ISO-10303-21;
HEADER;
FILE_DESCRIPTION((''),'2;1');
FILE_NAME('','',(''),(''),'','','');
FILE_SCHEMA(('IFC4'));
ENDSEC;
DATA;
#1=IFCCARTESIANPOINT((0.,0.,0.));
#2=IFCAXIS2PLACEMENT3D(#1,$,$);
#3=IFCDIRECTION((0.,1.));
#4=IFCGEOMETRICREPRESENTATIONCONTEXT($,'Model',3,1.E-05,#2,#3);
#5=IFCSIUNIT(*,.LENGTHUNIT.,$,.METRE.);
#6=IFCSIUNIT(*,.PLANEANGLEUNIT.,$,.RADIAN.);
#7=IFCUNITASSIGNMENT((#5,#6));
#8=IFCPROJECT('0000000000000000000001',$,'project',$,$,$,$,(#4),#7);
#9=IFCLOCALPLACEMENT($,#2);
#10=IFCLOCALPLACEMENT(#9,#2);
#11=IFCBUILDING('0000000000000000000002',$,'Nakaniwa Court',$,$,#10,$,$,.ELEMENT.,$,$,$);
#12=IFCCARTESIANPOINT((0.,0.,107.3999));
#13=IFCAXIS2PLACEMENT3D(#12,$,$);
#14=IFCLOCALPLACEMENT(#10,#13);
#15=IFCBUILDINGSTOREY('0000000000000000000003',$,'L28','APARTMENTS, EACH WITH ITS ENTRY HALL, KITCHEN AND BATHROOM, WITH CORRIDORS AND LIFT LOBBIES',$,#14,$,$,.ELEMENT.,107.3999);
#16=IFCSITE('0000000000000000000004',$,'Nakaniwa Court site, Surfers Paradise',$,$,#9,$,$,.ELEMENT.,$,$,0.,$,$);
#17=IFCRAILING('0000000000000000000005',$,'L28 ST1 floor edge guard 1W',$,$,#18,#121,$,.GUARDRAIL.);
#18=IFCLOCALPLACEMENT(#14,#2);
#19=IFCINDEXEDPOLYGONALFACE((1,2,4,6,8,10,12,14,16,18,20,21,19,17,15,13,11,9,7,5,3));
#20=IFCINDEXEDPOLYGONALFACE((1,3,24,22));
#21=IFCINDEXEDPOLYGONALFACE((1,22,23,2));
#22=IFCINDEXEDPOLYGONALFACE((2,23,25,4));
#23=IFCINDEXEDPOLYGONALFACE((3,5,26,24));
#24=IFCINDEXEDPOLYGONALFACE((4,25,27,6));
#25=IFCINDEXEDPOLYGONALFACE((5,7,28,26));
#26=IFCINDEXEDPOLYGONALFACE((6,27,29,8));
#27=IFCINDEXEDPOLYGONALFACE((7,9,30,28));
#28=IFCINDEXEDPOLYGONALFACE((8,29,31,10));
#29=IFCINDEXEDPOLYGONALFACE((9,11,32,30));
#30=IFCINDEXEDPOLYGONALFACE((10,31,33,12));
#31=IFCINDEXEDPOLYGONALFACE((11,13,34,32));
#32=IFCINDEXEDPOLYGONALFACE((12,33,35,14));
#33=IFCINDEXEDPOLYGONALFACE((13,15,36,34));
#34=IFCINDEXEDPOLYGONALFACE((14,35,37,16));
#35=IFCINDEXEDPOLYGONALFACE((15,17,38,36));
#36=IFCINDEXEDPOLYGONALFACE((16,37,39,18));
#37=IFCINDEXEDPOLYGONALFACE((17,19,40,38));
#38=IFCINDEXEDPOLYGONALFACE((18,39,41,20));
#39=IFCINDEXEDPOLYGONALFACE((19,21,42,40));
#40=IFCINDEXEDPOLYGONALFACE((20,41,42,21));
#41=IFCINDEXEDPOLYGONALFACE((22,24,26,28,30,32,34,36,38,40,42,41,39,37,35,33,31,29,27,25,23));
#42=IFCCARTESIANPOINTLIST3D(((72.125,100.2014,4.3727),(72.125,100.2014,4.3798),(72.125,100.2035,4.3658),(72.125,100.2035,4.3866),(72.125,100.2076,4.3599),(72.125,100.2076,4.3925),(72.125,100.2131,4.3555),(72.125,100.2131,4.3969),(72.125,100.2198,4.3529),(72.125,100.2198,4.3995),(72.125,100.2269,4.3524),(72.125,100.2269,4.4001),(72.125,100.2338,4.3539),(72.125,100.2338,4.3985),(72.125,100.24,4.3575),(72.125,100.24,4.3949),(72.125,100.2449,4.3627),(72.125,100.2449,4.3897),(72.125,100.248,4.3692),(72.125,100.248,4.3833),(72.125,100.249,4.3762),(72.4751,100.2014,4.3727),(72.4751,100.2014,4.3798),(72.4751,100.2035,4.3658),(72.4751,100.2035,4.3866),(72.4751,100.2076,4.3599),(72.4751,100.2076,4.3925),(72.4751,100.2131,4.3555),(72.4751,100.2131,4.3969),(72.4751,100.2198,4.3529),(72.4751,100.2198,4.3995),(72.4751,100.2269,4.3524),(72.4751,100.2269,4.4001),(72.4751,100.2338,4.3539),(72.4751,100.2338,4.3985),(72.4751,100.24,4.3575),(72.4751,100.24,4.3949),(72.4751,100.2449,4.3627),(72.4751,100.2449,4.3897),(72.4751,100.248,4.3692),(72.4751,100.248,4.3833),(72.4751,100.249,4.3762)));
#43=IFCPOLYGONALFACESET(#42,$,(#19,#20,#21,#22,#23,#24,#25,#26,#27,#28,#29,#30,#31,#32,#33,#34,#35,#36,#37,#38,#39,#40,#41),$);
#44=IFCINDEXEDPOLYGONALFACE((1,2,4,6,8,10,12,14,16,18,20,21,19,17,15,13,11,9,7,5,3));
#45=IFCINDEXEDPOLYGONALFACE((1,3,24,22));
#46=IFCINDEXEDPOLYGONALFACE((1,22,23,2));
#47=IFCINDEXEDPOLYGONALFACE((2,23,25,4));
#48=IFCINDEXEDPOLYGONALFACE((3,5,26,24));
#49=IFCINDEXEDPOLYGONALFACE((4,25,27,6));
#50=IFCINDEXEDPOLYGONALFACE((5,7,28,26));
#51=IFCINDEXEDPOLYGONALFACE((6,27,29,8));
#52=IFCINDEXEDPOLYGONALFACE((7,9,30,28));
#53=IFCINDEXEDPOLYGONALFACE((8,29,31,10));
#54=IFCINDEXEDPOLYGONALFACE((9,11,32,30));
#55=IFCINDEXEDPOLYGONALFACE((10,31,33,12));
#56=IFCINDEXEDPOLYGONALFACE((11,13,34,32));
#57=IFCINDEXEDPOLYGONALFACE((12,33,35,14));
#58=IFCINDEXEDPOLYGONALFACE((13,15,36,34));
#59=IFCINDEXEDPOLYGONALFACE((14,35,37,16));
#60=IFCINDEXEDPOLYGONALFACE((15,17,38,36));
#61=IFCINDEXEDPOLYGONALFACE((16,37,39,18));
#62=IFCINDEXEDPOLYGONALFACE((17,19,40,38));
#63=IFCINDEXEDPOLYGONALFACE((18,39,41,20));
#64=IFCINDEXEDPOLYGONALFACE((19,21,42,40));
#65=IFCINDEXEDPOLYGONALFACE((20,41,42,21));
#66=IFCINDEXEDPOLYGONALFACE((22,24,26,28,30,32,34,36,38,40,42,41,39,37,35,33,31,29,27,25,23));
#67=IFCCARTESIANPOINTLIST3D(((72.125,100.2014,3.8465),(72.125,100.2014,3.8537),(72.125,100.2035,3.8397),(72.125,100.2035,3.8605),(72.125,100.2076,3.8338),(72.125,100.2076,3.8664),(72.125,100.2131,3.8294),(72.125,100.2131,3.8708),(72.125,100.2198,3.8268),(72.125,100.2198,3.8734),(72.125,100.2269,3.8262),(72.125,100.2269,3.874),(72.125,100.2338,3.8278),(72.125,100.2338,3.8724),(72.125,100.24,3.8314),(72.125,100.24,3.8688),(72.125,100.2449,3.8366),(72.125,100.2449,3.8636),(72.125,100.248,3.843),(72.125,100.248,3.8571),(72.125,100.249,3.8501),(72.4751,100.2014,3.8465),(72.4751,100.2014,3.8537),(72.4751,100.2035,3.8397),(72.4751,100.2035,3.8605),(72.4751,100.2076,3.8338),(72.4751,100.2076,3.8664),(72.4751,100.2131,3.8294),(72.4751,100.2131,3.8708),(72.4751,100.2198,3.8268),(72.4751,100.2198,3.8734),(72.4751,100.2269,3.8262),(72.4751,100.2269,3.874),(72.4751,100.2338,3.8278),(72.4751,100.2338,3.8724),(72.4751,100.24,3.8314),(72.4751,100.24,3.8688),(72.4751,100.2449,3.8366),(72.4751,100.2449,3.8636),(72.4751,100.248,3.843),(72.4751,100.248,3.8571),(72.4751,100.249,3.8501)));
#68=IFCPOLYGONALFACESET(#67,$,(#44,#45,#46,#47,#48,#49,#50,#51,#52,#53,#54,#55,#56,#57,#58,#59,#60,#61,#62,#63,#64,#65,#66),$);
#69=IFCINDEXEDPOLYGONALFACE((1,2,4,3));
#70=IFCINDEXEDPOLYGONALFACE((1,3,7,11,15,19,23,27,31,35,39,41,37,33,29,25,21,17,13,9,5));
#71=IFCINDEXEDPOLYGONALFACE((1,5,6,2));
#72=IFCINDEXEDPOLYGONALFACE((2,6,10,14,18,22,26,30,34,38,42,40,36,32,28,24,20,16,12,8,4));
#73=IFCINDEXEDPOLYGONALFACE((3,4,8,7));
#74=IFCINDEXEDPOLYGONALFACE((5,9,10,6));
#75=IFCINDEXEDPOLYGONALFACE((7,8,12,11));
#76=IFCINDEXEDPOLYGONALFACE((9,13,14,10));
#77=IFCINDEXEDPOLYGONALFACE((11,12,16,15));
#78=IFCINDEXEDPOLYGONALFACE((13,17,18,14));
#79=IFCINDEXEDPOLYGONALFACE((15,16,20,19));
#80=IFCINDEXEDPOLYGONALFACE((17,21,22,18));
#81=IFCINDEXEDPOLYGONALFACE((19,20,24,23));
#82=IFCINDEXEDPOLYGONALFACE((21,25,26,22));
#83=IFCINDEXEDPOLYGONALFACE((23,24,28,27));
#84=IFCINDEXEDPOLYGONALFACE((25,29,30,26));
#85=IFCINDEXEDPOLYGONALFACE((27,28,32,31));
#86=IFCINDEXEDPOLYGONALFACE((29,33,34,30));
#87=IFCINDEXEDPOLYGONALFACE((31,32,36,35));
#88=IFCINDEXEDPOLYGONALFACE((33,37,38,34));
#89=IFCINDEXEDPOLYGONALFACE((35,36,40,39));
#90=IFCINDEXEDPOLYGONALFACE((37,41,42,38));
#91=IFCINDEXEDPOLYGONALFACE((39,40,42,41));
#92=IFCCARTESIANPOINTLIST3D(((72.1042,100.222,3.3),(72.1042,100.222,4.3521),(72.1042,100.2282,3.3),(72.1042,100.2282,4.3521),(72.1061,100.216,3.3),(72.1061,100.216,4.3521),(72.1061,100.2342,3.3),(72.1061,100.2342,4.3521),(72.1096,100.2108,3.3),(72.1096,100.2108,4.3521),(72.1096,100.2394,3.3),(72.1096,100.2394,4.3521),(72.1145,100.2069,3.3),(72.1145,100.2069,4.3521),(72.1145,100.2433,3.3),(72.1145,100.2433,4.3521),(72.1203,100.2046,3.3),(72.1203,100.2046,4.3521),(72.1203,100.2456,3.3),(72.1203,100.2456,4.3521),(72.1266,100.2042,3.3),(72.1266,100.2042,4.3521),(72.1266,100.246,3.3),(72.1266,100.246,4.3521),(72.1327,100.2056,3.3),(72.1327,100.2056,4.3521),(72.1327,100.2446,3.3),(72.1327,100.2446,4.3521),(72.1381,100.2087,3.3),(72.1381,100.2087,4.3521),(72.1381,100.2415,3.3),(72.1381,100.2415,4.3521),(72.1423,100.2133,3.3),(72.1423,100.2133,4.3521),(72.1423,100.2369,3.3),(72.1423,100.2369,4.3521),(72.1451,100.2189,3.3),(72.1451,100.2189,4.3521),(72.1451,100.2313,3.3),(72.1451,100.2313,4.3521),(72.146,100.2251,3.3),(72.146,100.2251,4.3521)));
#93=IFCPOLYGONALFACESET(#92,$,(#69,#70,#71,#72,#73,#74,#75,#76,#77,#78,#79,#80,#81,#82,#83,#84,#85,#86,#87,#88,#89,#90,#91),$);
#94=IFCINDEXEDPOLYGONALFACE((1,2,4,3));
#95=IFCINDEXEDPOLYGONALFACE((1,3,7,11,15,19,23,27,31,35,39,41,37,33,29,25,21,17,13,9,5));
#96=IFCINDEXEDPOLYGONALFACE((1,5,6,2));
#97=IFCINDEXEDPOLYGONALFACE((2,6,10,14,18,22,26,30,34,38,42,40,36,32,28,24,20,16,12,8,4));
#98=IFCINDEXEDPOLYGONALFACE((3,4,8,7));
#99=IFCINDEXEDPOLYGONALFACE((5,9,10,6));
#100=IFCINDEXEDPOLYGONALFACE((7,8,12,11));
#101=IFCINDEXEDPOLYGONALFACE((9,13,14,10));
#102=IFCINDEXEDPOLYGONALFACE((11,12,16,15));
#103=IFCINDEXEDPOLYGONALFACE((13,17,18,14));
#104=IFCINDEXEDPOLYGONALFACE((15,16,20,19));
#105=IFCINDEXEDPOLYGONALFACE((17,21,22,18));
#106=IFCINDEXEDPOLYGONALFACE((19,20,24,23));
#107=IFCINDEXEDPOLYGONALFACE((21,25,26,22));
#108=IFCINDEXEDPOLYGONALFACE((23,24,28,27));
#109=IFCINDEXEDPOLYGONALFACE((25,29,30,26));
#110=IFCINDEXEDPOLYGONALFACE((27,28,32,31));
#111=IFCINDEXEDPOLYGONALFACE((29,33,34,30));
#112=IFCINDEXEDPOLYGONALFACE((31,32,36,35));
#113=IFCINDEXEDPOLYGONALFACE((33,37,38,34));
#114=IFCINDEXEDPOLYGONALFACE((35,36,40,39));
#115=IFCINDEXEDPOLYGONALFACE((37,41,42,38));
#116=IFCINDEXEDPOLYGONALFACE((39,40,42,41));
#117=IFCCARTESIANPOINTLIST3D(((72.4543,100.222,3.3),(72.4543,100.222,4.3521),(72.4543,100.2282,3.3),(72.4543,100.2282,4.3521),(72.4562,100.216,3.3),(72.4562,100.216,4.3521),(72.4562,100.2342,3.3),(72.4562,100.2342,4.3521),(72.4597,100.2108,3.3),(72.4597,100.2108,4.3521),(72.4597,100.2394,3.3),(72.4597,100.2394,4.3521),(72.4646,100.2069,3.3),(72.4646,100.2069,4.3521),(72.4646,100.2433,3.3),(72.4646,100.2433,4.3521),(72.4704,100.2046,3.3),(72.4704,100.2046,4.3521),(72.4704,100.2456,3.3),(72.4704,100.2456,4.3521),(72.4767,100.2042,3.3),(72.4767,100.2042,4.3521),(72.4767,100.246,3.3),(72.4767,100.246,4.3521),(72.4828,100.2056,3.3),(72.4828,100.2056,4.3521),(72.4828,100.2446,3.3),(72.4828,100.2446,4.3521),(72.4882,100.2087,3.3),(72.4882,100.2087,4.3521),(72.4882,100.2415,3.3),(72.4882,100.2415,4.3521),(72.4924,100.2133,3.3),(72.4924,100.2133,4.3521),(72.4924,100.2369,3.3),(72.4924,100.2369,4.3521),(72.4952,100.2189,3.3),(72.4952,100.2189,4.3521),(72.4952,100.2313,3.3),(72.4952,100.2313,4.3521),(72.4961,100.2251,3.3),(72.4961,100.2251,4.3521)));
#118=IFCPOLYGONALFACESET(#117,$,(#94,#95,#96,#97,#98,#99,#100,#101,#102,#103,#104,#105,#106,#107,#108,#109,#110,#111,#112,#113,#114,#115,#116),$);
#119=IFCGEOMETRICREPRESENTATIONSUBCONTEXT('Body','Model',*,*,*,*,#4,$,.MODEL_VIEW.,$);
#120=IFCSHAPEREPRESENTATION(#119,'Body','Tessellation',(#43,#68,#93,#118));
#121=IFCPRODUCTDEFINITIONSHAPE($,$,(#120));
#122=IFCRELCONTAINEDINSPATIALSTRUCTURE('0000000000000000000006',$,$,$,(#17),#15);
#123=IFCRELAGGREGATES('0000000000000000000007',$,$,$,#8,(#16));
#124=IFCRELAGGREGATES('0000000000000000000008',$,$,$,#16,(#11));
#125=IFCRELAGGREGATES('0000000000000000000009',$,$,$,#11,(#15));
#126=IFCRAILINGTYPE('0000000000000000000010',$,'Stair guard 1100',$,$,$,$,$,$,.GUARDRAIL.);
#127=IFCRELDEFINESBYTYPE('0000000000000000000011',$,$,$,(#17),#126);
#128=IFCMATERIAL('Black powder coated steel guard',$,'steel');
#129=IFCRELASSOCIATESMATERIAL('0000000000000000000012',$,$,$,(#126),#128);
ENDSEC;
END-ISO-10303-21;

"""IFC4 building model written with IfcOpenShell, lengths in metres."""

from ifc_helpers import new_model, si_unit, direction, frame, origin, origin_2d, place, context, subcontext, project, spatial, circle, extrude, material, type_object, element, save


model = new_model("IFC4")

# Units and contexts
model_context = context("Model", 3, precision=1e-05, world=origin(), true_north=direction((0.0, 1.0)))
body_context = subcontext(model_context, "Body", "Model", "MODEL_VIEW")
ifc_project = project(units=[si_unit("LENGTHUNIT", "METRE"), si_unit("PLANEANGLEUNIT", "RADIAN")], contexts=[model_context])

# Site, building, storey
site_placement = place(None, origin())
site = spatial("IfcSite", under=ifc_project, at=site_placement, Name="Nakaniwa Court site, Surfers Paradise", CompositionType="ELEMENT", RefElevation=0.0)
building_placement = place(site_placement, origin())
building = spatial("IfcBuilding", under=site, at=building_placement, Name="Nakaniwa Court", CompositionType="ELEMENT")
storey_placement = place(building_placement, frame((0.0, 0.0, 107.3999)))
storey = spatial("IfcBuildingStorey", under=building, at=storey_placement, Name="L28", Description="APARTMENTS, EACH WITH ITS ENTRY HALL, KITCHEN AND BATHROOM, WITH CORRIDORS AND LIFT LOBBIES", CompositionType="ELEMENT", Elevation=107.3999)

# Railing
ifc_material_1 = material(Name="Black powder coated steel guard", Category="steel")
railing_type_1 = type_object("IfcRailingType", Name="Stair guard 1100", PredefinedType="GUARDRAIL", material=ifc_material_1)
for number, where, name in (
    (1, (72.125, 100.2251, 3.3), "L28 ST1 floor edge guard 1W"),
):
    element("IfcRailing", number, at=place(storey_placement, frame(where)), inside=storey, type_object=railing_type_1, Name=name, PredefinedType="GUARDRAIL", context=body_context, shape_type="SweptSolid", body=[
        extrude(circle(Radius=0.0239, at=origin_2d()), frame((0.0, 0.0, 1.0762), z_axis=(1.0, 0.0, 0.0), x_axis=(0.0, 1.0, 0.0)), (0.0, 0.0, 1.0), 0.3501),
        extrude(circle(Radius=0.0239, at=origin_2d()), frame((0.0, 0.0, 0.55), z_axis=(1.0, 0.0, 0.0), x_axis=(0.0, 1.0, 0.0)), (0.0, 0.0, 1.0), 0.3501),
        extrude(circle(Radius=0.021, at=origin_2d()), origin(), (0.0, 0.0, 1.0), 1.052),
        extrude(circle(Radius=0.021, at=origin_2d()), frame((0.3501, 0.0, 0.0)), (0.0, 0.0, 1.0), 1.052),
    ])

save(model, "model.ifc")
